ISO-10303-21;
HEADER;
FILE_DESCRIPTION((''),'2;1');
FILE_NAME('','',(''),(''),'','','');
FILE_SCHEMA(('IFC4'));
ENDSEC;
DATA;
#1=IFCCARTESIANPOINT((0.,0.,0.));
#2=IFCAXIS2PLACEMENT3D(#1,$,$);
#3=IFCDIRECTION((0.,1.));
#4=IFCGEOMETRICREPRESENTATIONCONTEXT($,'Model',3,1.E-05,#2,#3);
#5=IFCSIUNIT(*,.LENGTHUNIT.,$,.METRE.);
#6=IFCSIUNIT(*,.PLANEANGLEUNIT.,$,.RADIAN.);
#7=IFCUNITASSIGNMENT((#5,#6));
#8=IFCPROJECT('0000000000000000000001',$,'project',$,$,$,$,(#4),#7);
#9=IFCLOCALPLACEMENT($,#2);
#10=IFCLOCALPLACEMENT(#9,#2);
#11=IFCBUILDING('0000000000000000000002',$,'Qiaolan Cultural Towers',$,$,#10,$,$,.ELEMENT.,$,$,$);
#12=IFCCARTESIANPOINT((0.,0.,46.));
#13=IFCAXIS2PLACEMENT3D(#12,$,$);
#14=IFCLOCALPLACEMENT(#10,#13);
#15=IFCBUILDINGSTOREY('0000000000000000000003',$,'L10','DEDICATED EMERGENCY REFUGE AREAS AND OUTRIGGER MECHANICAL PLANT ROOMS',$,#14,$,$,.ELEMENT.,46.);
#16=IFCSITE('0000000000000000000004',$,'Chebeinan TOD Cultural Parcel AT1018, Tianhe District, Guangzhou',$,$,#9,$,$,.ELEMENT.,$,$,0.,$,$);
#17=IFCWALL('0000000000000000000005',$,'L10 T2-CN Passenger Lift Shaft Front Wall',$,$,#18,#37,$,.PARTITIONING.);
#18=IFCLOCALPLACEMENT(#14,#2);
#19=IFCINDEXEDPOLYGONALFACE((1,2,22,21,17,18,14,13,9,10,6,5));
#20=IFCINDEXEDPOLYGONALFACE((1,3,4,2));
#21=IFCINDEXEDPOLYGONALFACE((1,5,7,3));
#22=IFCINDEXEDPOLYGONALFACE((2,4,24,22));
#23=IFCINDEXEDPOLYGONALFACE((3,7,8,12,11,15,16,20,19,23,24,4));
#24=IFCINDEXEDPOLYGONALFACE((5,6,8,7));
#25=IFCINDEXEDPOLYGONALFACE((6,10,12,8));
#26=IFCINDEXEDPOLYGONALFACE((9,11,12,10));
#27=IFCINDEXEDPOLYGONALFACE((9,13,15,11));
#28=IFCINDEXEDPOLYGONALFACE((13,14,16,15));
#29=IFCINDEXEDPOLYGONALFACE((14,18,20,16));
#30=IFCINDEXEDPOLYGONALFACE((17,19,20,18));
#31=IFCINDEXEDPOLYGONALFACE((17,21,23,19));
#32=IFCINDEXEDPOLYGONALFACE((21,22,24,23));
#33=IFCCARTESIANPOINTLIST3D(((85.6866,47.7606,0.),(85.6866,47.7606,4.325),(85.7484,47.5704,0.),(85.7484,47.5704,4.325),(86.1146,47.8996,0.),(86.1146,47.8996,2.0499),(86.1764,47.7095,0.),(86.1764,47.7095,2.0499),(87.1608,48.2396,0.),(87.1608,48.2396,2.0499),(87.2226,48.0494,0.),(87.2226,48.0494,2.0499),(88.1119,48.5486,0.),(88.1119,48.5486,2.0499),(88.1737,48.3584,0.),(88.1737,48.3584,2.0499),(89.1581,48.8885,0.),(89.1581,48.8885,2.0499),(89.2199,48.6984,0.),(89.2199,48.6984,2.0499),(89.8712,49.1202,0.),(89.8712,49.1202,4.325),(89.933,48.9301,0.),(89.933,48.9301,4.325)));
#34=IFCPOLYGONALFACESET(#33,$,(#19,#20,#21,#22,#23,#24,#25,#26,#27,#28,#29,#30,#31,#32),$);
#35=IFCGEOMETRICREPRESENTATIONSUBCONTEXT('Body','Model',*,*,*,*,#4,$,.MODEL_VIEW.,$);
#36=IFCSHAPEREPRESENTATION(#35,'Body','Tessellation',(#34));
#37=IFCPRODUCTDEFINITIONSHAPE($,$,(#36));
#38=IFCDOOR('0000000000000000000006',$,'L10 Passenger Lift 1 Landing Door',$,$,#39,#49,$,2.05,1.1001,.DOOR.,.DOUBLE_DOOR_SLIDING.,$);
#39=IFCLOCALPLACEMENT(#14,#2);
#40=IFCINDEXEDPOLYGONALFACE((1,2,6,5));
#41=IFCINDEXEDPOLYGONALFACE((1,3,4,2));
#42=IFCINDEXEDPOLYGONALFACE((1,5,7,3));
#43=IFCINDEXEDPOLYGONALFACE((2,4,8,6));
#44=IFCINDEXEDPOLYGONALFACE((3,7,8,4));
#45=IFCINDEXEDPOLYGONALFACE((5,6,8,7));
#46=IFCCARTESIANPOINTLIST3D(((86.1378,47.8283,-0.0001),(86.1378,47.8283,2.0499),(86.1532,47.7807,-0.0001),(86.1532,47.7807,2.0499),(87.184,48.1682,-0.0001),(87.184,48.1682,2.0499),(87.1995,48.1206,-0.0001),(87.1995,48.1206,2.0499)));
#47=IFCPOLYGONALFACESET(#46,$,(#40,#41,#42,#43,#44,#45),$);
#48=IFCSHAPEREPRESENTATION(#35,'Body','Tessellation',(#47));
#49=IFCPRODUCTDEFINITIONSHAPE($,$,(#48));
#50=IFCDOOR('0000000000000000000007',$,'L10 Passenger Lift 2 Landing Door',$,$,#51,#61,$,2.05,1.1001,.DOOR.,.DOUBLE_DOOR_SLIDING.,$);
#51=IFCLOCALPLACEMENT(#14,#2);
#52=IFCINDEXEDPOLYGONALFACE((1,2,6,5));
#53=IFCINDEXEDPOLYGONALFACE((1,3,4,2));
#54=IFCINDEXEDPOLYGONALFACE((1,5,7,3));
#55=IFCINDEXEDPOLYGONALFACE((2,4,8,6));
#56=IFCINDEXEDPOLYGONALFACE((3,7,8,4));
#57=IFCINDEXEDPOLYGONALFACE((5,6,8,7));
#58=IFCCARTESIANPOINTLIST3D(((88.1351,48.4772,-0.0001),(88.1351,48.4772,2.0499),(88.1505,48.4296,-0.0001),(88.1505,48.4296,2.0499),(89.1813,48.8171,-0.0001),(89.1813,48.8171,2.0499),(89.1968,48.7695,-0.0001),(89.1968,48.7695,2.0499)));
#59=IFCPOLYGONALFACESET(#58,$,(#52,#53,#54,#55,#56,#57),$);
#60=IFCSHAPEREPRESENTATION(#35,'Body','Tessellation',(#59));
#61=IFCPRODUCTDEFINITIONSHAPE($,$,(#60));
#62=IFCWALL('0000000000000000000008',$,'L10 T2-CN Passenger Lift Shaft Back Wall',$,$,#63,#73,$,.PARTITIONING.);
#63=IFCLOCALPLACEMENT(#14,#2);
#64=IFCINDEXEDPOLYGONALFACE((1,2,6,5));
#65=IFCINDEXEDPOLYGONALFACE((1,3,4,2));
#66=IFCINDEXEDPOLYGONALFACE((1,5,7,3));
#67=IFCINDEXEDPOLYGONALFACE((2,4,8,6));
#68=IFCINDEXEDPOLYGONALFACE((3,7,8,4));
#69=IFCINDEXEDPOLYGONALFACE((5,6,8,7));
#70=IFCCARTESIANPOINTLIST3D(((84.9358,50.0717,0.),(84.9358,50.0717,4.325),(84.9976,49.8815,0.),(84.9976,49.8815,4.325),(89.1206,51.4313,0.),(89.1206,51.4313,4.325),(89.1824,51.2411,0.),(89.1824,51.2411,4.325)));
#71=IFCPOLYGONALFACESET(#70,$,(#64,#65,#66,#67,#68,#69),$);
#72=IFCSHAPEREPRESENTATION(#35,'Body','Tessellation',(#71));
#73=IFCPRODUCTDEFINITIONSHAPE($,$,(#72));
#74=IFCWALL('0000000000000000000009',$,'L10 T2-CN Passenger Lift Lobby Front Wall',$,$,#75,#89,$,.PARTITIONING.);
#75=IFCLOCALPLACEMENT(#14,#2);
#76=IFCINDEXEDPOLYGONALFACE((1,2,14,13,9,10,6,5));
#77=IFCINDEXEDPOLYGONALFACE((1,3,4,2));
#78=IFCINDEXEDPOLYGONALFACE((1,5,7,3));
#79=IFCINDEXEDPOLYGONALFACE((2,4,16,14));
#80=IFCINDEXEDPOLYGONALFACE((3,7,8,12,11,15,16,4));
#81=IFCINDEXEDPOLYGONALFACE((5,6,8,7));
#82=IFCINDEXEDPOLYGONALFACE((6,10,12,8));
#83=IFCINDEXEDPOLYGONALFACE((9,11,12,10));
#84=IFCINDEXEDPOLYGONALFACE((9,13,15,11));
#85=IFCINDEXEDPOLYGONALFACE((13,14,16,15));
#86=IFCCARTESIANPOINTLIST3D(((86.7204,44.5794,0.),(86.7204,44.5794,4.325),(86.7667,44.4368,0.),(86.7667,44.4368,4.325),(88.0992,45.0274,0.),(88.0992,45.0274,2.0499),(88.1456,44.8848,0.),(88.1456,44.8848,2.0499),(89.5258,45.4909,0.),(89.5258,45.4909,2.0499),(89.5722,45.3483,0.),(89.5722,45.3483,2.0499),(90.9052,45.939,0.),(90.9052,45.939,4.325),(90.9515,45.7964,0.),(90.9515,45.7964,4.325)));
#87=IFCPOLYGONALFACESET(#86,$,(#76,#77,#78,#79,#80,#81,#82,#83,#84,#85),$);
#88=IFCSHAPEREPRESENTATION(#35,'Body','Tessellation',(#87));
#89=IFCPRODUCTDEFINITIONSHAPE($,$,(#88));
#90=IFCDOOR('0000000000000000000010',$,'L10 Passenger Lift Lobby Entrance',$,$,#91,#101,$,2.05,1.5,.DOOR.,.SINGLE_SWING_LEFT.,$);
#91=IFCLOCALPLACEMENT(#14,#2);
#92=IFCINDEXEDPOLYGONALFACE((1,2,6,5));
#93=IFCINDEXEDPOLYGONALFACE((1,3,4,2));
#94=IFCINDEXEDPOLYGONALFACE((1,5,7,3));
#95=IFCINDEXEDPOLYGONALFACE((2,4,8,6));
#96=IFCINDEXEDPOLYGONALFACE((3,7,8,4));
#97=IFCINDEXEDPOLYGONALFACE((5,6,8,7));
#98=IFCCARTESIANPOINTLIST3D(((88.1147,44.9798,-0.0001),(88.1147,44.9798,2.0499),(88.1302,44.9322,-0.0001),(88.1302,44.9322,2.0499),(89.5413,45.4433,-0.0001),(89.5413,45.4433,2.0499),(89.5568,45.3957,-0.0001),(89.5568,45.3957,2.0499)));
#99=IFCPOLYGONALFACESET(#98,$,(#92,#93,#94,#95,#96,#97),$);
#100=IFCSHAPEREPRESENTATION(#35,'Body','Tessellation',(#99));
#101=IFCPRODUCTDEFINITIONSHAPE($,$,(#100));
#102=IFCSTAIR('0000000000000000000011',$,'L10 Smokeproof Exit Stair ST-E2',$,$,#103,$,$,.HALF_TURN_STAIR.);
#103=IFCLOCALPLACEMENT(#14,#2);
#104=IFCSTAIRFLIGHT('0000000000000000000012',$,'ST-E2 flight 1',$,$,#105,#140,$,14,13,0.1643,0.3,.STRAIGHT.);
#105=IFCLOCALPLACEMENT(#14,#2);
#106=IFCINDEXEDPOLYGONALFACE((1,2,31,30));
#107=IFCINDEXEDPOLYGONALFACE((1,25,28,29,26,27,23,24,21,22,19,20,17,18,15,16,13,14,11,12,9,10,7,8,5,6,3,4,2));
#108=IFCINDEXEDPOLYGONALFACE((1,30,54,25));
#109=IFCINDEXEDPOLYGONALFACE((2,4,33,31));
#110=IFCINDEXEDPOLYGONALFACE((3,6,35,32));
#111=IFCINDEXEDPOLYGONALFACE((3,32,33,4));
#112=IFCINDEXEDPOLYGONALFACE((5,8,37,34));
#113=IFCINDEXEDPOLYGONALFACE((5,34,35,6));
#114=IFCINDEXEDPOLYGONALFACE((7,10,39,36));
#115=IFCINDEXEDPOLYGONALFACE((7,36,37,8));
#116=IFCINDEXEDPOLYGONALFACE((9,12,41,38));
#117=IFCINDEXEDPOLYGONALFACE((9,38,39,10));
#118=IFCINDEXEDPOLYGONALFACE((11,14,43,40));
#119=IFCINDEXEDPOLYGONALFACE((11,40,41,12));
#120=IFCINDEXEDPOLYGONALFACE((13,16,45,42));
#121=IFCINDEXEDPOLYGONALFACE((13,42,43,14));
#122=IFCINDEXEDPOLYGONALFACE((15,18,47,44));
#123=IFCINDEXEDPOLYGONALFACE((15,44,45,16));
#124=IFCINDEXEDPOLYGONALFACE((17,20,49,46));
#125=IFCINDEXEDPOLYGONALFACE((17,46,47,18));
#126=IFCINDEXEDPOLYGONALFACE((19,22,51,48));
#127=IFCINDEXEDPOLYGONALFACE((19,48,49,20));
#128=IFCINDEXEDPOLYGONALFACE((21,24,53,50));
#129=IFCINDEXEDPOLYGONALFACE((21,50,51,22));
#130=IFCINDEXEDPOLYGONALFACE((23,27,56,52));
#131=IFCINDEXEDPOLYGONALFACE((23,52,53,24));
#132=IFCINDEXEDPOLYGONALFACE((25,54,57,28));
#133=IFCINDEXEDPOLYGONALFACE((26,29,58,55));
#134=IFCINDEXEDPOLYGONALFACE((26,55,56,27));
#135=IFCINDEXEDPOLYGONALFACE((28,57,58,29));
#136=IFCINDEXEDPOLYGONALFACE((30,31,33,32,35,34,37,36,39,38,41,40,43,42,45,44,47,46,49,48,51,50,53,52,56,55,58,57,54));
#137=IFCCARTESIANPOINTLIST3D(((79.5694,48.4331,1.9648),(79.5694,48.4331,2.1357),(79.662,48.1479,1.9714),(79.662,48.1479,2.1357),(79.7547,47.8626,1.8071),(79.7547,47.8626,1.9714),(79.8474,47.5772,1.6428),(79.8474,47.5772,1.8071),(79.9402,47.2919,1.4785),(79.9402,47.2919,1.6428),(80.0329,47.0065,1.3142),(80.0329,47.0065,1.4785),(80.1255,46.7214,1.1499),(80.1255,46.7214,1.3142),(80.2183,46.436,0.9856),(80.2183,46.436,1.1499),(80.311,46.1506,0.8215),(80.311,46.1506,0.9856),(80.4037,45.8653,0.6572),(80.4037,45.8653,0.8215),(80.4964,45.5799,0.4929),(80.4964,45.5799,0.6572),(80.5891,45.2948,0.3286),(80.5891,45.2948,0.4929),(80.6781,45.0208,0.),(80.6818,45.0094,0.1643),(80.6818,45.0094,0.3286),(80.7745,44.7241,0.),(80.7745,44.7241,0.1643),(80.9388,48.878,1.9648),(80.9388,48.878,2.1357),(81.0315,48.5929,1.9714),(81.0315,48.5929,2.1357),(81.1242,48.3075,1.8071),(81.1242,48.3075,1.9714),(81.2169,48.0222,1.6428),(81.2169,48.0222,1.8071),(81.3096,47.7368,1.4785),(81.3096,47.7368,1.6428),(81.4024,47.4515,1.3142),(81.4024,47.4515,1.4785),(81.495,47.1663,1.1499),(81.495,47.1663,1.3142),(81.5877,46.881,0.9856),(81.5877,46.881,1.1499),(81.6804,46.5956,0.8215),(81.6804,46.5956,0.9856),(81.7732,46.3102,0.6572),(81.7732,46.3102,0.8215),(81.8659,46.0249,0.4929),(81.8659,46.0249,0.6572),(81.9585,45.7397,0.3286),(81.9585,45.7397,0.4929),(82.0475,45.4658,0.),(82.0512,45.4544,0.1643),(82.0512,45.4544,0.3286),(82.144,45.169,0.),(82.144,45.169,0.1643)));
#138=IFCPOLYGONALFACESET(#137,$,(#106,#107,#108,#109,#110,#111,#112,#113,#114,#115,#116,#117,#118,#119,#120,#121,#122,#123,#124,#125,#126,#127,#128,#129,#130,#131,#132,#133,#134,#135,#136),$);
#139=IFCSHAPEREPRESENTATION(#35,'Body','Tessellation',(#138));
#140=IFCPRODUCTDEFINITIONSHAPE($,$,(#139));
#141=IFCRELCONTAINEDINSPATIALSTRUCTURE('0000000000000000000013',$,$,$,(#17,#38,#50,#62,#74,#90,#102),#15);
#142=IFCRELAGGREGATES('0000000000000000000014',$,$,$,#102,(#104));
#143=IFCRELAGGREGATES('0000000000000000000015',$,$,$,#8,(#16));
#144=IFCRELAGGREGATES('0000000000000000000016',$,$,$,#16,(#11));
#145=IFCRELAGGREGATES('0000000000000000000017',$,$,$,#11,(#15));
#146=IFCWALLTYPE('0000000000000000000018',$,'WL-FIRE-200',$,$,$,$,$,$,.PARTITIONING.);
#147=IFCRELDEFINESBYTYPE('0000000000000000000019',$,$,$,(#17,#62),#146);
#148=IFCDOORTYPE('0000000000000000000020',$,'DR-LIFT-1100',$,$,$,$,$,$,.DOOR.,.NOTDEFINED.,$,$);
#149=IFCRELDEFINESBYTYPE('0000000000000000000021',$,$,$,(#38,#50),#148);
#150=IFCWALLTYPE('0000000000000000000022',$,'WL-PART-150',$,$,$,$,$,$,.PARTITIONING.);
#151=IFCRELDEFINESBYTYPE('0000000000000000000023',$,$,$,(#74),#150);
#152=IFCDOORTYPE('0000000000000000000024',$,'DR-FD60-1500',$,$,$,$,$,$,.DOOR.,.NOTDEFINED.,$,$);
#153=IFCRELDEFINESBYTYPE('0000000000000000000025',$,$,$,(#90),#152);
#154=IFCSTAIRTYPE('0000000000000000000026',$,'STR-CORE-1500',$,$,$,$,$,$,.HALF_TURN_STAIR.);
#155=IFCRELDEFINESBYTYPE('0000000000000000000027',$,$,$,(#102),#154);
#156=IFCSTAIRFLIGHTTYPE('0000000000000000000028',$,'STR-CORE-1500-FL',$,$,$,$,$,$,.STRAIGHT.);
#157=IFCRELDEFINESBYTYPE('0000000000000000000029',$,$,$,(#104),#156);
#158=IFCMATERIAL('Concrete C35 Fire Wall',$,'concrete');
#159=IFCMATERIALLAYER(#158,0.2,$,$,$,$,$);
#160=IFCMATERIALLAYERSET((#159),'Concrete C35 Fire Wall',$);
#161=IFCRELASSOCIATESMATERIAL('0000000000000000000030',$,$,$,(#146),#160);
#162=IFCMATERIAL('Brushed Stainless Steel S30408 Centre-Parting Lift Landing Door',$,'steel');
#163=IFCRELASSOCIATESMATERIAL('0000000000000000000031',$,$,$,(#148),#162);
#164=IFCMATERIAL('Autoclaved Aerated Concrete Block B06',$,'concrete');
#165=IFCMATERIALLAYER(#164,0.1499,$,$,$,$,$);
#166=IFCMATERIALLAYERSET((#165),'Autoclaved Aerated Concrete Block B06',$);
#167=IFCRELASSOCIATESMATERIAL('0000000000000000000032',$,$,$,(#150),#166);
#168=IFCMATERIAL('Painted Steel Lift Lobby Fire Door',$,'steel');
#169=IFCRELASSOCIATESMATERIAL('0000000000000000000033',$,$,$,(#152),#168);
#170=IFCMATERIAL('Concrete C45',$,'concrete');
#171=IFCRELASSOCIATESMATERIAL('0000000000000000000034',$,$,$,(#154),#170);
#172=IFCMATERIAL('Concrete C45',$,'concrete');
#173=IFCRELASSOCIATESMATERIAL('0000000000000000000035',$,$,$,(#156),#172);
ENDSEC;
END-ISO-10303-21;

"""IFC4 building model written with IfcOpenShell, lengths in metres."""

from ifc_helpers import new_model, si_unit, direction, frame, frame_2d, origin, place, context, subcontext, project, spatial, polyline, rectangle, outline, extrude, material, layer, layer_set, type_object, element, fill, aggregate, save


model = new_model("IFC4")

# Units and contexts
model_context = context("Model", 3, precision=1e-05, world=origin(), true_north=direction((0.0, 1.0)))
body_context = subcontext(model_context, "Body", "Model", "MODEL_VIEW")
ifc_project = project(units=[si_unit("LENGTHUNIT", "METRE"), si_unit("PLANEANGLEUNIT", "RADIAN")], contexts=[model_context])

# Site, building, storey
site_placement = place(None, origin())
site = spatial("IfcSite", under=ifc_project, at=site_placement, Name="Chebeinan TOD Cultural Parcel AT1018, Tianhe District, Guangzhou", CompositionType="ELEMENT", RefElevation=0.0)
building_placement = place(site_placement, origin())
building = spatial("IfcBuilding", under=site, at=building_placement, Name="Qiaolan Cultural Towers", CompositionType="ELEMENT")
storey_placement = place(building_placement, frame((0.0, 0.0, 46.0)))
storey = spatial("IfcBuildingStorey", under=building, at=storey_placement, Name="L10", Description="DEDICATED EMERGENCY REFUGE AREAS AND OUTRIGGER MECHANICAL PLANT ROOMS", CompositionType="ELEMENT", Elevation=46.0)

# Shared definitions
ifc_material_1 = material(Name="Concrete C35 Fire Wall", Category="concrete")
ifc_layer_1 = layer(ifc_material_1, 0.2)
ifc_layer_set_1 = layer_set([ifc_layer_1], Name="Concrete C35 Fire Wall")
wall_type_1 = type_object("IfcWallType", Name="WL-FIRE-200", PredefinedType="PARTITIONING", material=ifc_layer_set_1)

# Shared definitions
ifc_material_2 = material(Name="Brushed Stainless Steel S30408 Centre-Parting Lift Landing Door", Category="steel")
door_type_1 = type_object("IfcDoorType", Name="DR-LIFT-1100", OperationType="NOTDEFINED", PredefinedType="DOOR", material=ifc_material_2)

# Wall, openings, doors
wall_1_placement = place(storey_placement, frame((85.7175, 47.6655, 0.0), z_axis=(0.0, 0.0, 1.0), x_axis=(0.951059, 0.309011, 0.0)))
wall_1 = element("IfcWall", 1, at=wall_1_placement, inside=storey, type_object=wall_type_1, Name="L10 T2-CN Passenger Lift Shaft Front Wall", PredefinedType="PARTITIONING", context=body_context, shape_type="SweptSolid", body=[
    extrude(rectangle(XDim=4.3999, YDim=0.2, at=frame_2d((2.2, 0.0))), origin(), (0.0, 0.0, 1.0), 4.325),
])
opening_1_placement = place(wall_1_placement, frame((0.45, 0.0, 0.0)))
opening_1 = element("IfcOpeningElement", 2, at=opening_1_placement, cuts=wall_1, PredefinedType="OPENING", context=body_context, shape_type="SweptSolid", body=[
    extrude(rectangle(XDim=1.1001, YDim=2.05, at=frame_2d((0.55, 1.0249))), frame((0.0, 0.1099, 0.0), z_axis=(0.0, -1.0, 0.0), x_axis=(1.0, 0.0, 0.0)), (0.0, 0.0, 1.0), 0.22),
])
opening_2_placement = place(wall_1_placement, frame((2.55, 0.0, 0.0)))
opening_2 = element("IfcOpeningElement", 3, at=opening_2_placement, cuts=wall_1, PredefinedType="OPENING", context=body_context, shape_type="SweptSolid", body=[
    extrude(rectangle(XDim=1.1001, YDim=2.05, at=frame_2d((0.55, 1.0249))), frame((0.0, 0.1099, 0.0), z_axis=(0.0, -1.0, 0.0), x_axis=(1.0, 0.0, 0.0)), (0.0, 0.0, 1.0), 0.22),
])
door_1_placement = place(opening_1_placement, origin())
door_1 = element("IfcDoor", 4, at=door_1_placement, inside=storey, type_object=door_type_1, Name="L10 Passenger Lift 1 Landing Door", OperationType="DOUBLE_DOOR_SLIDING", OverallHeight=2.05, OverallWidth=1.1001, PredefinedType="DOOR", context=body_context, shape_type="SweptSolid", body=[
    extrude(rectangle(XDim=1.1001, YDim=2.05, at=frame_2d((0.55, 1.0249))), frame((0.0, 0.0249, 0.0), z_axis=(0.0, -1.0, 0.0), x_axis=(1.0, 0.0, 0.0)), (0.0, 0.0, 1.0), 0.05),
])
fill(opening_1, door_1)
door_2_placement = place(opening_2_placement, origin())
door_2 = element("IfcDoor", 5, at=door_2_placement, inside=storey, type_object=door_type_1, Name="L10 Passenger Lift 2 Landing Door", OperationType="DOUBLE_DOOR_SLIDING", OverallHeight=2.05, OverallWidth=1.1001, PredefinedType="DOOR", context=body_context, shape_type="SweptSolid", body=[
    extrude(rectangle(XDim=1.1001, YDim=2.05, at=frame_2d((0.55, 1.0249))), frame((0.0, 0.0249, 0.0), z_axis=(0.0, -1.0, 0.0), x_axis=(1.0, 0.0, 0.0)), (0.0, 0.0, 1.0), 0.05),
])
fill(opening_2, door_2)

# Wall
wall_2_placement = place(storey_placement, frame((84.9666, 49.9766, 0.0), z_axis=(0.0, 0.0, 1.0), x_axis=(0.951064, 0.308994, 0.0)))
element("IfcWall", 6, at=wall_2_placement, inside=storey, type_object=wall_type_1, Name="L10 T2-CN Passenger Lift Shaft Back Wall", PredefinedType="PARTITIONING", context=body_context, shape_type="SweptSolid", body=[
    extrude(rectangle(XDim=4.4001, YDim=0.2, at=frame_2d((2.2002, 0.0))), origin(), (0.0, 0.0, 1.0), 4.325),
])

# Wall, opening, door
ifc_material_3 = material(Name="Autoclaved Aerated Concrete Block B06", Category="concrete")
ifc_layer_2 = layer(ifc_material_3, 0.1499)
ifc_layer_set_2 = layer_set([ifc_layer_2], Name="Autoclaved Aerated Concrete Block B06")
wall_type_2 = type_object("IfcWallType", Name="WL-PART-150", PredefinedType="PARTITIONING", material=ifc_layer_set_2)
wall_3_placement = place(storey_placement, frame((86.7434, 44.5081, 0.0), z_axis=(0.0, 0.0, 1.0), x_axis=(0.951064, 0.308994, 0.0)))
wall_3 = element("IfcWall", 7, at=wall_3_placement, inside=storey, type_object=wall_type_2, Name="L10 T2-CN Passenger Lift Lobby Front Wall", PredefinedType="PARTITIONING", context=body_context, shape_type="SweptSolid", body=[
    extrude(rectangle(XDim=4.4001, YDim=0.1499, at=frame_2d((2.2002, 0.0))), origin(), (0.0, 0.0, 1.0), 4.325),
])
opening_3_placement = place(wall_3_placement, frame((1.45, 0.0, 0.0)))
opening_3 = element("IfcOpeningElement", 8, at=opening_3_placement, cuts=wall_3, PredefinedType="OPENING", context=body_context, shape_type="SweptSolid", body=[
    extrude(rectangle(XDim=1.5, YDim=2.05, at=frame_2d((0.75, 1.0249))), frame((0.0, 0.085, 0.0), z_axis=(0.0, -1.0, 0.0), x_axis=(1.0, 0.0, 0.0)), (0.0, 0.0, 1.0), 0.1699),
])
ifc_material_4 = material(Name="Painted Steel Lift Lobby Fire Door", Category="steel")
door_type_2 = type_object("IfcDoorType", Name="DR-FD60-1500", OperationType="NOTDEFINED", PredefinedType="DOOR", material=ifc_material_4)
door_3_placement = place(opening_3_placement, origin())
door_3 = element("IfcDoor", 9, at=door_3_placement, inside=storey, type_object=door_type_2, Name="L10 Passenger Lift Lobby Entrance", OperationType="SINGLE_SWING_LEFT", OverallHeight=2.05, OverallWidth=1.5, PredefinedType="DOOR", context=body_context, shape_type="SweptSolid", body=[
    extrude(rectangle(XDim=1.5, YDim=2.05, at=frame_2d((0.75, 1.0249))), frame((0.0, 0.0249, 0.0), z_axis=(0.0, -1.0, 0.0), x_axis=(1.0, 0.0, 0.0)), (0.0, 0.0, 1.0), 0.05),
])
fill(opening_3, door_3)

# Stair, stair flight
ifc_material_5 = material(Name="Concrete C45", Category="concrete")
stair_type = type_object("IfcStairType", Name="STR-CORE-1500", PredefinedType="HALF_TURN_STAIR", material=ifc_material_5)
stair_placement = place(storey_placement, origin())
stair = element("IfcStair", 10, at=stair_placement, inside=storey, type_object=stair_type, Name="L10 Smokeproof Exit Stair ST-E2", PredefinedType="HALF_TURN_STAIR")
ifc_material_6 = material(Name="Concrete C45", Category="concrete")
stair_flight_type = type_object("IfcStairFlightType", Name="STR-CORE-1500-FL", PredefinedType="STRAIGHT", material=ifc_material_6)
stair_flight_placement = place(storey_placement, frame((81.4592, 44.9465, 0.0), z_axis=(0.0, 0.0, 1.0), x_axis=(-0.309017, 0.951057, 0.0)))
stair_flight = element("IfcStairFlight", 11, at=stair_flight_placement, type_object=stair_flight_type, Name="ST-E2 flight 1", NumberOfRisers=14, NumberOfTreads=13, PredefinedType="STRAIGHT", RiserHeight=0.1643, TreadLength=0.3, context=body_context, shape_type="SweptSolid", body=[
    extrude(outline(polyline([(0.0, 0.0), (0.0, 0.1643), (0.3, 0.1643), (0.3, 0.3286), (0.6001, 0.3286), (0.6001, 0.4929), (0.8999, 0.4929), (0.8999, 0.6572), (1.2, 0.6572), (1.2, 0.8215), (1.5, 0.8215), (1.5, 0.9856), (1.8, 0.9856), (1.8, 1.1499), (2.1001, 1.1499), (2.1001, 1.3142), (2.3999, 1.3142), (2.3999, 1.4785), (2.7, 1.4785), (2.7, 1.6428), (3.0, 1.6428), (3.0, 1.8071), (3.3, 1.8071), (3.3, 1.9714), (3.6001, 1.9714), (3.6001, 2.1357), (3.8999, 2.1357), (3.8999, 2.3), (3.8999, 1.9648), (0.312, 0.0), (0.0, 0.0)])), frame((0.0, 0.72, 0.0), z_axis=(0.0, -1.0, 0.0), x_axis=(1.0, 0.0, 0.0)), (0.0, 0.0, 1.0), 1.4399),
])
aggregate(stair, [stair_flight])

save(model, "model.ifc")
